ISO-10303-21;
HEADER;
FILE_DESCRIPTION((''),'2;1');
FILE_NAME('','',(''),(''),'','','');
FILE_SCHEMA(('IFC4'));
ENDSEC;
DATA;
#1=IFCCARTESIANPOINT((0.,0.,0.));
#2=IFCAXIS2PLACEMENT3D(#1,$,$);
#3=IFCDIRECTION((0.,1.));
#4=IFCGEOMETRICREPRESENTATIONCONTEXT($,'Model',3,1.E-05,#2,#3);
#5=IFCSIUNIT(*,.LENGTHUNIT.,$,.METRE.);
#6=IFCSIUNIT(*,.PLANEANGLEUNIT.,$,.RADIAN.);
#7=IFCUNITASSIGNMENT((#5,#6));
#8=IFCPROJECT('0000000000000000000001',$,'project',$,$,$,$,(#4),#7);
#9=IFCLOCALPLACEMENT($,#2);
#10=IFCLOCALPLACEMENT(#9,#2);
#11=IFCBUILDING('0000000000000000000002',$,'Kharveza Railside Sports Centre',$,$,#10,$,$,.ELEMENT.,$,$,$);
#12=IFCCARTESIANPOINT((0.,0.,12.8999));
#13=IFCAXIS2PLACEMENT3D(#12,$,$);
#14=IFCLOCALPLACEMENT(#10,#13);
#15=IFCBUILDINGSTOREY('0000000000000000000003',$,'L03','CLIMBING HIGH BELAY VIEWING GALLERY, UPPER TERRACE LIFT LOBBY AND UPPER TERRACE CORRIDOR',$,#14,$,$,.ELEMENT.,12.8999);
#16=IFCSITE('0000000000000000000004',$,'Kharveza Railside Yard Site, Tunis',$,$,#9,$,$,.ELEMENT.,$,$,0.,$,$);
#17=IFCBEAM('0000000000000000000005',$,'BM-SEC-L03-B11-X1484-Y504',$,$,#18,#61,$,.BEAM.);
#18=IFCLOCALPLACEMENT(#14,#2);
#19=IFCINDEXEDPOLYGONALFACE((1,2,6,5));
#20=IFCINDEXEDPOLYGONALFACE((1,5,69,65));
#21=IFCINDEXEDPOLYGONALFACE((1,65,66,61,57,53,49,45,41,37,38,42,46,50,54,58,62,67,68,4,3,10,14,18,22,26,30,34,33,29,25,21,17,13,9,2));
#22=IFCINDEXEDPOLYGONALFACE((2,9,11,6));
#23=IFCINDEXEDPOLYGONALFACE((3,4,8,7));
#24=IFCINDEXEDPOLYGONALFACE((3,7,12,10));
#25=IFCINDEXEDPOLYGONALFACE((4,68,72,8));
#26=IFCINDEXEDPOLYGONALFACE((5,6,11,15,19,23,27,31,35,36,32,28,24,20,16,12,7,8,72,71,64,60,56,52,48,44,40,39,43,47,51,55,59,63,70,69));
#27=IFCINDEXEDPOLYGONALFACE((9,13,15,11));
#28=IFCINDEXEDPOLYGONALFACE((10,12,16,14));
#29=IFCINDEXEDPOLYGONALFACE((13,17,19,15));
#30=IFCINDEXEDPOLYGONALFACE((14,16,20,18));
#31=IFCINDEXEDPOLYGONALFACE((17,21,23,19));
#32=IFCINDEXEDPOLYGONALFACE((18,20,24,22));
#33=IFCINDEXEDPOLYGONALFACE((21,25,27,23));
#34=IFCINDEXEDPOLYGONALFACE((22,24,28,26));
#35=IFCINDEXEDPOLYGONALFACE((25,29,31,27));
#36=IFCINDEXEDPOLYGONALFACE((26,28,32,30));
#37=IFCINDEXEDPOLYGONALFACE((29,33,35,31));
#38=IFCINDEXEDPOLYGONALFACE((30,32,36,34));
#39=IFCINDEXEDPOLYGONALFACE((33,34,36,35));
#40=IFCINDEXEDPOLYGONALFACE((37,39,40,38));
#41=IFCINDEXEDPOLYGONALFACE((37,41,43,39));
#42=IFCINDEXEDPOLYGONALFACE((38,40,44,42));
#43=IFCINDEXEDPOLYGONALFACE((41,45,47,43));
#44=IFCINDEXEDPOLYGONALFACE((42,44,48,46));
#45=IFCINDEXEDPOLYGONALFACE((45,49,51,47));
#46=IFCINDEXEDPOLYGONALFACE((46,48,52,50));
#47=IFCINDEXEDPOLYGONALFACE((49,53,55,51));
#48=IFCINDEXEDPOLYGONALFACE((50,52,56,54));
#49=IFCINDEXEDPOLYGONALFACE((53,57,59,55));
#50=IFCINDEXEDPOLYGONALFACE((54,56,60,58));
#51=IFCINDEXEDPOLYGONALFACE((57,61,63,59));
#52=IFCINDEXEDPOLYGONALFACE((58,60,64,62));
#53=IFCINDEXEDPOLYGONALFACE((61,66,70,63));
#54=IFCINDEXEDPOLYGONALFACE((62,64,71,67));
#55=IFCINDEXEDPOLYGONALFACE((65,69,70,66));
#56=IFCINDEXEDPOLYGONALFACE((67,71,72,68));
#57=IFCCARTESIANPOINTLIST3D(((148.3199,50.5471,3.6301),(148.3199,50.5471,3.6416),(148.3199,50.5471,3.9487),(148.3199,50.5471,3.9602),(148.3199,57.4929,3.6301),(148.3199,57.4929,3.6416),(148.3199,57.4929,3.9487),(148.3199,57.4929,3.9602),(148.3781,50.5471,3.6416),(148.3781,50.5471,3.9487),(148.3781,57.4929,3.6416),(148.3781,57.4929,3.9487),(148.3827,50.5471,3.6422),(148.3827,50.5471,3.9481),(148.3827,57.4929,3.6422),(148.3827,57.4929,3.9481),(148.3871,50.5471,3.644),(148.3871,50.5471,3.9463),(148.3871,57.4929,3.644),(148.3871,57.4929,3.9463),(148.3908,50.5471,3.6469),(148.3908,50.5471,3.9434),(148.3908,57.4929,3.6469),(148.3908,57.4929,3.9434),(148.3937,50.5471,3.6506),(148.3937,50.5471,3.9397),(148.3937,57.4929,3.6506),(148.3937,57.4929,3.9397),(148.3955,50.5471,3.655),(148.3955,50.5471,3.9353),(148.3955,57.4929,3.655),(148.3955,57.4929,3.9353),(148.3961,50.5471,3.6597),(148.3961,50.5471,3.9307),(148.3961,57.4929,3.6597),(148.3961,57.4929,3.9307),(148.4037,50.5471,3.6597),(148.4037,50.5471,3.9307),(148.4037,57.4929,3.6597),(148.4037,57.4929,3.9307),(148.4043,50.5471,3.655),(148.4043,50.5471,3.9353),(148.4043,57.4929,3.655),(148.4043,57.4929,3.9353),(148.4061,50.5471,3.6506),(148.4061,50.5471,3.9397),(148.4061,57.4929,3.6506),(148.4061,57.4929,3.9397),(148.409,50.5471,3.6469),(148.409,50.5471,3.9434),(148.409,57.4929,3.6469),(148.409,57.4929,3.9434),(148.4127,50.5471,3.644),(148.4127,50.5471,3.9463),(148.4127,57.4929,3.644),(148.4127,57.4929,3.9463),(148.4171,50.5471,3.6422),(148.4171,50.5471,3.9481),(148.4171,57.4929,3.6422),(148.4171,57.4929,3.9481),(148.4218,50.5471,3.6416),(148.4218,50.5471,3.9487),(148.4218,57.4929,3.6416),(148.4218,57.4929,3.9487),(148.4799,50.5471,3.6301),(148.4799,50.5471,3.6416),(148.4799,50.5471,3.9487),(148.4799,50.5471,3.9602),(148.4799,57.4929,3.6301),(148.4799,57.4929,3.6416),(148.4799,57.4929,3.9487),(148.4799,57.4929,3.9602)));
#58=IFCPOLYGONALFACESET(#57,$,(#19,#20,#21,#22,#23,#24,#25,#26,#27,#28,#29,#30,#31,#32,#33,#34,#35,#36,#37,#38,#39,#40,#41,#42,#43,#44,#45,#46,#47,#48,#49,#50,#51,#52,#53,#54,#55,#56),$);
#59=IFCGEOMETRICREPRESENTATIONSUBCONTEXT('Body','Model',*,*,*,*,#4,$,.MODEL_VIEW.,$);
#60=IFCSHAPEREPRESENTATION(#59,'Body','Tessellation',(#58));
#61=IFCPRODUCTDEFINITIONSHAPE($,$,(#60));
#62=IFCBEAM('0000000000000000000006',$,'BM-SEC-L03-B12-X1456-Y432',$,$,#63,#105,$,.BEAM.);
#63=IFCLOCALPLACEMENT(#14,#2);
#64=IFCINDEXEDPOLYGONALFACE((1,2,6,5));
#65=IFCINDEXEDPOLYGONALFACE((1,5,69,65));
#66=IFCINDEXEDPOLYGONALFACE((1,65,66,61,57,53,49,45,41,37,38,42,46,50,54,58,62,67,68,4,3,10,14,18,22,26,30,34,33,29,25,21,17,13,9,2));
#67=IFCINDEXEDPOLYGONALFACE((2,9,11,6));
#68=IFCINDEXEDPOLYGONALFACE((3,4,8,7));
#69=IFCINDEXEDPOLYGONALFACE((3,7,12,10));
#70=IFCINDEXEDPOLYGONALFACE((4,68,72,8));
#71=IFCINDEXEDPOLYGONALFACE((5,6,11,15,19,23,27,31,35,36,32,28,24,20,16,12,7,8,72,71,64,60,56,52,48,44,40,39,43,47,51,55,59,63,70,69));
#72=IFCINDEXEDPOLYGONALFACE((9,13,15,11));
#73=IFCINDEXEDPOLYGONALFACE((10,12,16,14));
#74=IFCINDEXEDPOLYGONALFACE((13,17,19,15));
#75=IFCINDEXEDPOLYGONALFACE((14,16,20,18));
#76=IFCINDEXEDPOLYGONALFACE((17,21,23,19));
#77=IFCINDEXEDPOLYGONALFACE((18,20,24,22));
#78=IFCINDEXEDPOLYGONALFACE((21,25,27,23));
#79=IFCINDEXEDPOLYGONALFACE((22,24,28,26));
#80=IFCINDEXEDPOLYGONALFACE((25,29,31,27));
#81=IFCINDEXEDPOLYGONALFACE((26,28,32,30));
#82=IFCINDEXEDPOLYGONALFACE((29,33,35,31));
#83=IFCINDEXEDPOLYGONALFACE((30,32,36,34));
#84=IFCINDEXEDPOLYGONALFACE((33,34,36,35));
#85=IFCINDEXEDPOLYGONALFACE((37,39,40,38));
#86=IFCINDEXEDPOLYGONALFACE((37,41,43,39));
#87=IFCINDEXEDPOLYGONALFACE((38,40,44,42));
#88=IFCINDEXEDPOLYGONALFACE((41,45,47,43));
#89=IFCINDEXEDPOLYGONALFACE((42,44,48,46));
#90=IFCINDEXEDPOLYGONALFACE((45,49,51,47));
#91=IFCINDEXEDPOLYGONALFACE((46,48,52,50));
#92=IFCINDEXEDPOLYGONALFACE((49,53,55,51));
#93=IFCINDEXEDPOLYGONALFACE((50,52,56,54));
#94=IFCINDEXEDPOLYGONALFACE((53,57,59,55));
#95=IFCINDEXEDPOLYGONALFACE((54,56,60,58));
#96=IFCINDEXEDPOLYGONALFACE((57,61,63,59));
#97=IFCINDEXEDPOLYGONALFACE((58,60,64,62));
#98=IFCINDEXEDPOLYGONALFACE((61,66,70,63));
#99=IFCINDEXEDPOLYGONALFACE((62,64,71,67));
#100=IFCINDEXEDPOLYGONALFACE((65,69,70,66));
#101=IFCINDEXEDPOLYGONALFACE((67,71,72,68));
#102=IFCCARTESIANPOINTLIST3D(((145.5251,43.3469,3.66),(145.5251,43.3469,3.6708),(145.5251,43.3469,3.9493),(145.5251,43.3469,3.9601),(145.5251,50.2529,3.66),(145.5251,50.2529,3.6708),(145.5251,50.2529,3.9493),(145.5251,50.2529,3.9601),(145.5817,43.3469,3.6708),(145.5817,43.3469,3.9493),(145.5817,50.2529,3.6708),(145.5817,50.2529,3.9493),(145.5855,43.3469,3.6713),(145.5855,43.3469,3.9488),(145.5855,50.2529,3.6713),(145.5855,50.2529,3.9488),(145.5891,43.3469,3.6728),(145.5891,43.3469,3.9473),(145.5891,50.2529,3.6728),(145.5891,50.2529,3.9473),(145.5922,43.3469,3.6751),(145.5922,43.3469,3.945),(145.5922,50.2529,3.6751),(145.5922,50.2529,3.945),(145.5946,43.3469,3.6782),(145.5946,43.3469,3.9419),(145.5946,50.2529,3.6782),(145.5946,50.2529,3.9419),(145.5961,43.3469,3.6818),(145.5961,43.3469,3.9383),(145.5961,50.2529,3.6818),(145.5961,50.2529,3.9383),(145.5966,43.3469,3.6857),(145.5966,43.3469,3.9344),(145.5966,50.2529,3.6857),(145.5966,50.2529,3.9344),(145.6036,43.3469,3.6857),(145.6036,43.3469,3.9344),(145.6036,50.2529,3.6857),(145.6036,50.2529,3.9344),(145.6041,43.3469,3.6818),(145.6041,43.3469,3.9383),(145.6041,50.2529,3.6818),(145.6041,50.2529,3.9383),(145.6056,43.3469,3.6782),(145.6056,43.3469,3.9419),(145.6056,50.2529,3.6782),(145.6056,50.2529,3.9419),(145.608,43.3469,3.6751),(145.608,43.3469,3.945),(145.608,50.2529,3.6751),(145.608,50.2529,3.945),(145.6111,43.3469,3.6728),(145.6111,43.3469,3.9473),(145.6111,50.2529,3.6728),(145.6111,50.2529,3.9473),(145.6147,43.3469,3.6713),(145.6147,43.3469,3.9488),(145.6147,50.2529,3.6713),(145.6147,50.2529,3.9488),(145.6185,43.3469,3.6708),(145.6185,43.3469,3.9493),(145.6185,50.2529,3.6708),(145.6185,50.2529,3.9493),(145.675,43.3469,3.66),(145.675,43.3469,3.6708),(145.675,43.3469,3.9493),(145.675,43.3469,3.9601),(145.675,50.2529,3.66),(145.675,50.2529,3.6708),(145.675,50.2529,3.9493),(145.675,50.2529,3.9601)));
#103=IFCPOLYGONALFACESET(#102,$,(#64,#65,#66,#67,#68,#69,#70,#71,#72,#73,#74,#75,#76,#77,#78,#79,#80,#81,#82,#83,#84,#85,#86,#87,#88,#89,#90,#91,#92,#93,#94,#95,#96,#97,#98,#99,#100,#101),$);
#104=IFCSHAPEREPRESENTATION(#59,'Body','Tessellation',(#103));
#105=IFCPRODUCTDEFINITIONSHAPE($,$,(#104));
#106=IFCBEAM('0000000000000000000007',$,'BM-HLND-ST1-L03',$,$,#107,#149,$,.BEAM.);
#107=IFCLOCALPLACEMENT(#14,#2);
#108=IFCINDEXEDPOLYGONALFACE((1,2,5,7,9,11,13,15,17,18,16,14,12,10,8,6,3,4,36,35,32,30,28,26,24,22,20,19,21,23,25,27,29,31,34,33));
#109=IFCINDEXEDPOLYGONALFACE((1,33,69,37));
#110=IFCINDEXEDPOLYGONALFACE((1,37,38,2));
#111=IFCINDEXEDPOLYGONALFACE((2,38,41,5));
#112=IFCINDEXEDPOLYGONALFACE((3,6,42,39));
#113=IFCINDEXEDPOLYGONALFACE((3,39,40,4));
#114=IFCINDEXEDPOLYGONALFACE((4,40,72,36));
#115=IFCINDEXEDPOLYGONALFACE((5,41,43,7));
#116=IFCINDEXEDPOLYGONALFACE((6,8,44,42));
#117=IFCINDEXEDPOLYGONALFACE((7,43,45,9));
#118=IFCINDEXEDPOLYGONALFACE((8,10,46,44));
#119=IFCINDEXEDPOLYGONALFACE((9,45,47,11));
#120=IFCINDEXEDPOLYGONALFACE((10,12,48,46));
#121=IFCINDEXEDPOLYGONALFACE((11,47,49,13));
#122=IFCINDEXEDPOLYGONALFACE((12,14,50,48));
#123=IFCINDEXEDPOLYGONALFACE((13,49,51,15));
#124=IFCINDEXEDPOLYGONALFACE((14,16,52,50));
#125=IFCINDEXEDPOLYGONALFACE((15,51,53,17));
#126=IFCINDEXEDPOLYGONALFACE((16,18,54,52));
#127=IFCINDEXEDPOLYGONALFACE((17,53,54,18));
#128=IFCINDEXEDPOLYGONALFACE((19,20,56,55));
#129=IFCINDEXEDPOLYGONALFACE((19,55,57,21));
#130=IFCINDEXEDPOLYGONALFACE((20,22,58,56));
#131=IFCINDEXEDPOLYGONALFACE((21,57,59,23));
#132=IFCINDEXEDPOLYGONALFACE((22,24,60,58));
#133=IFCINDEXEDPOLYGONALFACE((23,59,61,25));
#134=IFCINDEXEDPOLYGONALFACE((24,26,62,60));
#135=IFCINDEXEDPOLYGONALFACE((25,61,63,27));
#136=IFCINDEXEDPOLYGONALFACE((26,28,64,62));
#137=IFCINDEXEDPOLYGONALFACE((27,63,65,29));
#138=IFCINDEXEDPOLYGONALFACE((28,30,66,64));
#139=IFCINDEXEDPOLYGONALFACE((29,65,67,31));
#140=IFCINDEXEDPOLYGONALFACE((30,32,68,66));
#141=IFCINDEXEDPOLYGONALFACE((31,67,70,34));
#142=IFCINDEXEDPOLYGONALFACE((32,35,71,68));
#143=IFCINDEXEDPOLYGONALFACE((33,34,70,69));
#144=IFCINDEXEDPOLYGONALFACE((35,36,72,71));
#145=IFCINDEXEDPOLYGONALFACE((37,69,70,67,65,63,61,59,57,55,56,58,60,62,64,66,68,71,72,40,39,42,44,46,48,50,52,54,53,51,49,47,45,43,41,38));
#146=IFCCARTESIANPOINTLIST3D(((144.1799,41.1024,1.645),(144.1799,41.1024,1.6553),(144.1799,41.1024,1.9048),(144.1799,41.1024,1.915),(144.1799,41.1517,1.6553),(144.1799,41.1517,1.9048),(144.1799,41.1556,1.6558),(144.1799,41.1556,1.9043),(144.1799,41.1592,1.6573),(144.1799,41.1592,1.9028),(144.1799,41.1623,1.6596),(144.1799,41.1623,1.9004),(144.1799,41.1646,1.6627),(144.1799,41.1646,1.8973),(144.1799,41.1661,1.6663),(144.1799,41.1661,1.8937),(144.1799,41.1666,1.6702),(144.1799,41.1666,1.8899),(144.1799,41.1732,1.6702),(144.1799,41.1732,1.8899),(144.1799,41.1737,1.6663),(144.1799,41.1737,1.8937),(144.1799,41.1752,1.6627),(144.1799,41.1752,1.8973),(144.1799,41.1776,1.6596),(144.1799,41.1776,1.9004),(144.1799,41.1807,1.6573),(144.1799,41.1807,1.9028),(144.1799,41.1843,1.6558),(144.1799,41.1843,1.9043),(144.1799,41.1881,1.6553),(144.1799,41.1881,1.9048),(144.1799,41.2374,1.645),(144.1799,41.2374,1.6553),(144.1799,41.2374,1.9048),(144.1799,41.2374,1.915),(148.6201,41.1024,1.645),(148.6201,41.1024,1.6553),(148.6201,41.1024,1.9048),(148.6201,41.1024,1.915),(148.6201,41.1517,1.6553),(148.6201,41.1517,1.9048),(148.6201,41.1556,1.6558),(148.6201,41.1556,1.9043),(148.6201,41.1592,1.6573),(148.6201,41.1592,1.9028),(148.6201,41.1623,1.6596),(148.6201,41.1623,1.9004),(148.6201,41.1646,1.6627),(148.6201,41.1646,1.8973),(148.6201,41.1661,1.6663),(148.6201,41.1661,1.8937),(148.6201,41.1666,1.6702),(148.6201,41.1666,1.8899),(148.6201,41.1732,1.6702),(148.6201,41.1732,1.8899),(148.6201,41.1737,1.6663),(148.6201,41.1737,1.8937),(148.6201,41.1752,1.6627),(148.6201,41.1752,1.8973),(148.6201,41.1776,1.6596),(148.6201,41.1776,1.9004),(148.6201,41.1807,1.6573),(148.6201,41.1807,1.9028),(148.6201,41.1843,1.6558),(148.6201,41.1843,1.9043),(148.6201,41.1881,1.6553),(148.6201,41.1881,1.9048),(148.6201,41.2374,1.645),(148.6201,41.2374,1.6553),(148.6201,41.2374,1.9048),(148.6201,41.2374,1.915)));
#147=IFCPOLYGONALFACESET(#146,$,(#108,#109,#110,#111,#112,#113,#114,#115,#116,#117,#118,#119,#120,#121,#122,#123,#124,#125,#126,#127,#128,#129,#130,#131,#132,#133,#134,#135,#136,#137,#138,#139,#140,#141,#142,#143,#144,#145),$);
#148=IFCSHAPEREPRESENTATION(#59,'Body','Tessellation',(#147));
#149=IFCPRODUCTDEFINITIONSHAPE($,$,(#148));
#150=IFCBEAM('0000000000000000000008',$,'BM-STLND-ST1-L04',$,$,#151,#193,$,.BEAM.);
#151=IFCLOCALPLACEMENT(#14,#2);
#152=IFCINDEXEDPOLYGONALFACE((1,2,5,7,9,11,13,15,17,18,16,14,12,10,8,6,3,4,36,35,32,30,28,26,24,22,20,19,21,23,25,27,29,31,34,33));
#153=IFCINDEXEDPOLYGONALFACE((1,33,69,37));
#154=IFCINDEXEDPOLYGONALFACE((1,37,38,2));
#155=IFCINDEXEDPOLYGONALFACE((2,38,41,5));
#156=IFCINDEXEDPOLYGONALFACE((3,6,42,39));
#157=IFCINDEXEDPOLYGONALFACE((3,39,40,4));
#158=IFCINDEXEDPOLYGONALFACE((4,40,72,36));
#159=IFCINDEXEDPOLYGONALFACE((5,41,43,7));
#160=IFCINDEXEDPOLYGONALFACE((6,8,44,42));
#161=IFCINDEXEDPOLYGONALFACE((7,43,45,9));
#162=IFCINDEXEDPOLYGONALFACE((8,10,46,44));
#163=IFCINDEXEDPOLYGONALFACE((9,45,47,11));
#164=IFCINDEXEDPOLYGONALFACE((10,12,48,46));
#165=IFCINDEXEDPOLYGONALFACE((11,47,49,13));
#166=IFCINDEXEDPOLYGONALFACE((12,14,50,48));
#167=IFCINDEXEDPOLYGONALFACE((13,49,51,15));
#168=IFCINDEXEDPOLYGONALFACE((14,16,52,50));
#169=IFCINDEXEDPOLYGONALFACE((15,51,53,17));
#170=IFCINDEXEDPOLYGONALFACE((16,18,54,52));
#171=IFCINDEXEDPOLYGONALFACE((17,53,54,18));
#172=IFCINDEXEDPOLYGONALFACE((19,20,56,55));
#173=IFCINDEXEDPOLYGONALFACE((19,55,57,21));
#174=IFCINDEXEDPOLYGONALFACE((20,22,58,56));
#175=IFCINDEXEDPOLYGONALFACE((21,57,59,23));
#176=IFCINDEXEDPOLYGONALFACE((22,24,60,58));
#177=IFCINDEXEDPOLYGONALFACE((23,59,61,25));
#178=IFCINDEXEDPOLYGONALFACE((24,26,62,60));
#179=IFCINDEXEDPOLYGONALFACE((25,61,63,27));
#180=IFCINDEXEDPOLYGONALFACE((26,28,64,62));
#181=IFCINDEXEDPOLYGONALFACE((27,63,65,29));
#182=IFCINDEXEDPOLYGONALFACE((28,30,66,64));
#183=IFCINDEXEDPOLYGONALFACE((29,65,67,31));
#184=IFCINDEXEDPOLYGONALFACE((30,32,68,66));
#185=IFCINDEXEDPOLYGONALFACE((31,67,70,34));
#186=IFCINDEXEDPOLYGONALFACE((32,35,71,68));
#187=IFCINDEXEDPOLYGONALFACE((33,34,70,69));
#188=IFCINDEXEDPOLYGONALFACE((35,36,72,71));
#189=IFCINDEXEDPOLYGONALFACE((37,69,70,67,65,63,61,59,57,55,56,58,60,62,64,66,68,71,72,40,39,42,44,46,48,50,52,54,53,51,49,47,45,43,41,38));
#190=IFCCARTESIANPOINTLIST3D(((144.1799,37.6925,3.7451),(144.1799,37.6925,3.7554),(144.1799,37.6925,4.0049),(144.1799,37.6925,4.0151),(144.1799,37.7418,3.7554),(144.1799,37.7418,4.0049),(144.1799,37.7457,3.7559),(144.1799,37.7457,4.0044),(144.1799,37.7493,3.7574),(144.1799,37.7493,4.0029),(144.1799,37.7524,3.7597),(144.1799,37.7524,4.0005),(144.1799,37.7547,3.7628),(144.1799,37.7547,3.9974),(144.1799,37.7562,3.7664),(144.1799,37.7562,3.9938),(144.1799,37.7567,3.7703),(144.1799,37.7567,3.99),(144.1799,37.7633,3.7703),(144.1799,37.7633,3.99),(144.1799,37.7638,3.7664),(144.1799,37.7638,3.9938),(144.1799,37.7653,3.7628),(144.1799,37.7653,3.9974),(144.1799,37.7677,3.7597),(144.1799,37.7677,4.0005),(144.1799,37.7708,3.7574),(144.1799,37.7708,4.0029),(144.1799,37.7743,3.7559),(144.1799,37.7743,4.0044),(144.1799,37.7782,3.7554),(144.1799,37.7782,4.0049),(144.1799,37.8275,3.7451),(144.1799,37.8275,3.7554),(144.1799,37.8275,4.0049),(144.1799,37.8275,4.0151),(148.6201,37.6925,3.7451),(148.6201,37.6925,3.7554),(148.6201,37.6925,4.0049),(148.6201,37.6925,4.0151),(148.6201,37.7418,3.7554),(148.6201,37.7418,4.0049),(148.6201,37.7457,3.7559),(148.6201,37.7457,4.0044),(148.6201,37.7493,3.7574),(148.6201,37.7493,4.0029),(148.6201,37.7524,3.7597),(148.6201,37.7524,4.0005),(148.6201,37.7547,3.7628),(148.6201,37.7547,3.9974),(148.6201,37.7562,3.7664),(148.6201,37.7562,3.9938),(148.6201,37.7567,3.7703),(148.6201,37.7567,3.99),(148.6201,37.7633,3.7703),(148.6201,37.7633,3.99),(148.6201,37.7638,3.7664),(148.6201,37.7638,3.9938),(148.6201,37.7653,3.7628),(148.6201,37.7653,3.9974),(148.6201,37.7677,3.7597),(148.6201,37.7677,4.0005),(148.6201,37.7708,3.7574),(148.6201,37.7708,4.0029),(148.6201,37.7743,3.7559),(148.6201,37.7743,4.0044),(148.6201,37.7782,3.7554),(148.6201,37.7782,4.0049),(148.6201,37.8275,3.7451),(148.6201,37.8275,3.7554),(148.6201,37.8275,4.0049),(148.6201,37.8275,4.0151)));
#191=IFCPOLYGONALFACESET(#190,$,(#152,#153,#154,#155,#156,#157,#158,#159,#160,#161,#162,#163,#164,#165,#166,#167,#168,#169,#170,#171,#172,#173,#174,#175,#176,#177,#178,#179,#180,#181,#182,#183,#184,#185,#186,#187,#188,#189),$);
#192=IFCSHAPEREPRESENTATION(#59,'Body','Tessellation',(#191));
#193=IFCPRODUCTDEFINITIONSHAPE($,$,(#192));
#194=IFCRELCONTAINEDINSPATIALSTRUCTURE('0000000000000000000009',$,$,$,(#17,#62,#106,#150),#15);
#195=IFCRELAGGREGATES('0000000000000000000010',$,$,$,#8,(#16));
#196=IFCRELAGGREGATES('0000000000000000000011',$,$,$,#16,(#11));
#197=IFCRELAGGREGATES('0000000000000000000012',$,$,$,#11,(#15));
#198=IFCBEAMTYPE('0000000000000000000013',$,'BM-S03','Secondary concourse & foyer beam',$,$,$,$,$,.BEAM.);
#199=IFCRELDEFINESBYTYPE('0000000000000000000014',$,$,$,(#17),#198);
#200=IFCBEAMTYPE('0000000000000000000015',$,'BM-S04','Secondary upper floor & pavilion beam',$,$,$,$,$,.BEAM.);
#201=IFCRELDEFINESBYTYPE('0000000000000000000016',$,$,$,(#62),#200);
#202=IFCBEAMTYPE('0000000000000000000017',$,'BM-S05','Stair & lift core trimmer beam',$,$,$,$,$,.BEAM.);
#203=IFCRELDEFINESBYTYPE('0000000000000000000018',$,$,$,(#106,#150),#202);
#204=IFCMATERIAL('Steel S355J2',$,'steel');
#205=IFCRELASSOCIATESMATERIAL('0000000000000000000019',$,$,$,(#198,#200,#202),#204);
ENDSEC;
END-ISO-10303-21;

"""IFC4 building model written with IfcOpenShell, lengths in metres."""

from ifc_helpers import new_model, si_unit, direction, frame, origin, origin_2d, place, context, subcontext, project, spatial, i_section, extrude, material, material_profile, profile_set, type_object, element, save


model = new_model("IFC4")

# Units and contexts
model_context = context("Model", 3, precision=1e-05, world=origin(), true_north=direction((0.0, 1.0)))
body_context = subcontext(model_context, "Body", "Model", "MODEL_VIEW")
ifc_project = project(units=[si_unit("LENGTHUNIT", "METRE"), si_unit("PLANEANGLEUNIT", "RADIAN")], contexts=[model_context])

# Site, building, storey
site_placement = place(None, origin())
site = spatial("IfcSite", under=ifc_project, at=site_placement, Name="Kharveza Railside Yard Site, Tunis", CompositionType="ELEMENT", RefElevation=0.0)
building_placement = place(site_placement, origin())
building = spatial("IfcBuilding", under=site, at=building_placement, Name="Kharveza Railside Sports Centre", CompositionType="ELEMENT")
storey_placement = place(building_placement, frame((0.0, 0.0, 12.8999)))
storey = spatial("IfcBuildingStorey", under=building, at=storey_placement, Name="L03", Description="CLIMBING HIGH BELAY VIEWING GALLERY, UPPER TERRACE LIFT LOBBY AND UPPER TERRACE CORRIDOR", CompositionType="ELEMENT", Elevation=12.8999)

# Shared definitions
ifc_material_1 = material(Name="Steel S355J2", Category="steel")

# Beams
ifc_material_profile_1 = material_profile(ifc_material_1, i_section(OverallWidth=0.1599, OverallDepth=0.3301, WebThickness=0.0076, FlangeThickness=0.0115, FilletRadius=0.0181, at=origin_2d()), Name="IPE 330")
ifc_profile_set_1 = profile_set([ifc_material_profile_1], Name="Steel S355J2")
beam_type_1 = type_object("IfcBeamType", Name="BM-S03", Description="Secondary concourse & foyer beam", PredefinedType="BEAM", material=ifc_profile_set_1)
beam_1_placement = place(storey_placement, frame((148.3999, 50.5471, 3.7952), z_axis=(0.0, 1.0, 0.0), x_axis=(-1.0, 0.0, 0.0)))
element("IfcBeam", 1, at=beam_1_placement, inside=storey, type_object=beam_type_1, Name="BM-SEC-L03-B11-X1484-Y504", PredefinedType="BEAM", context=body_context, shape_type="SweptSolid", body=[
    extrude(i_section(OverallWidth=0.1599, OverallDepth=0.3301, WebThickness=0.0076, FlangeThickness=0.0115, FilletRadius=0.0181, at=origin_2d()), origin(), (0.0, 0.0, 1.0), 6.9458),
])
ifc_material_profile_2 = material_profile(ifc_material_1, i_section(OverallWidth=0.1499, OverallDepth=0.3, WebThickness=0.0071, FlangeThickness=0.0107, FilletRadius=0.0149, at=origin_2d()), Name="IPE 300")
ifc_profile_set_2 = profile_set([ifc_material_profile_2], Name="Steel S355J2")
beam_type_2 = type_object("IfcBeamType", Name="BM-S04", Description="Secondary upper floor & pavilion beam", PredefinedType="BEAM", material=ifc_profile_set_2)
beam_2_placement = place(storey_placement, frame((145.6001, 43.3469, 3.8101), z_axis=(0.0, 1.0, 0.0), x_axis=(-1.0, 0.0, 0.0)))
element("IfcBeam", 2, at=beam_2_placement, inside=storey, type_object=beam_type_2, Name="BM-SEC-L03-B12-X1456-Y432", PredefinedType="BEAM", context=body_context, shape_type="SweptSolid", body=[
    extrude(i_section(OverallWidth=0.1499, OverallDepth=0.3, WebThickness=0.0071, FlangeThickness=0.0107, FilletRadius=0.0149, at=origin_2d()), origin(), (0.0, 0.0, 1.0), 6.906),
])
ifc_material_profile_3 = material_profile(ifc_material_1, i_section(OverallWidth=0.135, OverallDepth=0.27, WebThickness=0.0066, FlangeThickness=0.0103, FilletRadius=0.0149, at=origin_2d()), Name="IPE 270")
ifc_profile_set_3 = profile_set([ifc_material_profile_3], Name="Steel S355J2")
beam_type_3 = type_object("IfcBeamType", Name="BM-S05", Description="Stair & lift core trimmer beam", PredefinedType="BEAM", material=ifc_profile_set_3)
for number, where, z_axis, x_axis, name in (
    (3, (144.1799, 41.1699, 1.78), (1.0, 0.0, 0.0), (0.0, 1.0, 0.0), "BM-HLND-ST1-L03"),
    (4, (144.1799, 37.76, 3.8801), (1.0, 0.0, 0.0), (0.0, 1.0, 0.0), "BM-STLND-ST1-L04"),
):
    element("IfcBeam", number, at=place(storey_placement, frame(where, z_axis=z_axis, x_axis=x_axis)), inside=storey, type_object=beam_type_3, Name=name, PredefinedType="BEAM", context=body_context, shape_type="SweptSolid", body=[
        extrude(i_section(OverallWidth=0.135, OverallDepth=0.27, WebThickness=0.0066, FlangeThickness=0.0103, FilletRadius=0.0149, at=origin_2d()), origin(), (0.0, 0.0, 1.0), 4.4402),
    ])

save(model, "model.ifc")
